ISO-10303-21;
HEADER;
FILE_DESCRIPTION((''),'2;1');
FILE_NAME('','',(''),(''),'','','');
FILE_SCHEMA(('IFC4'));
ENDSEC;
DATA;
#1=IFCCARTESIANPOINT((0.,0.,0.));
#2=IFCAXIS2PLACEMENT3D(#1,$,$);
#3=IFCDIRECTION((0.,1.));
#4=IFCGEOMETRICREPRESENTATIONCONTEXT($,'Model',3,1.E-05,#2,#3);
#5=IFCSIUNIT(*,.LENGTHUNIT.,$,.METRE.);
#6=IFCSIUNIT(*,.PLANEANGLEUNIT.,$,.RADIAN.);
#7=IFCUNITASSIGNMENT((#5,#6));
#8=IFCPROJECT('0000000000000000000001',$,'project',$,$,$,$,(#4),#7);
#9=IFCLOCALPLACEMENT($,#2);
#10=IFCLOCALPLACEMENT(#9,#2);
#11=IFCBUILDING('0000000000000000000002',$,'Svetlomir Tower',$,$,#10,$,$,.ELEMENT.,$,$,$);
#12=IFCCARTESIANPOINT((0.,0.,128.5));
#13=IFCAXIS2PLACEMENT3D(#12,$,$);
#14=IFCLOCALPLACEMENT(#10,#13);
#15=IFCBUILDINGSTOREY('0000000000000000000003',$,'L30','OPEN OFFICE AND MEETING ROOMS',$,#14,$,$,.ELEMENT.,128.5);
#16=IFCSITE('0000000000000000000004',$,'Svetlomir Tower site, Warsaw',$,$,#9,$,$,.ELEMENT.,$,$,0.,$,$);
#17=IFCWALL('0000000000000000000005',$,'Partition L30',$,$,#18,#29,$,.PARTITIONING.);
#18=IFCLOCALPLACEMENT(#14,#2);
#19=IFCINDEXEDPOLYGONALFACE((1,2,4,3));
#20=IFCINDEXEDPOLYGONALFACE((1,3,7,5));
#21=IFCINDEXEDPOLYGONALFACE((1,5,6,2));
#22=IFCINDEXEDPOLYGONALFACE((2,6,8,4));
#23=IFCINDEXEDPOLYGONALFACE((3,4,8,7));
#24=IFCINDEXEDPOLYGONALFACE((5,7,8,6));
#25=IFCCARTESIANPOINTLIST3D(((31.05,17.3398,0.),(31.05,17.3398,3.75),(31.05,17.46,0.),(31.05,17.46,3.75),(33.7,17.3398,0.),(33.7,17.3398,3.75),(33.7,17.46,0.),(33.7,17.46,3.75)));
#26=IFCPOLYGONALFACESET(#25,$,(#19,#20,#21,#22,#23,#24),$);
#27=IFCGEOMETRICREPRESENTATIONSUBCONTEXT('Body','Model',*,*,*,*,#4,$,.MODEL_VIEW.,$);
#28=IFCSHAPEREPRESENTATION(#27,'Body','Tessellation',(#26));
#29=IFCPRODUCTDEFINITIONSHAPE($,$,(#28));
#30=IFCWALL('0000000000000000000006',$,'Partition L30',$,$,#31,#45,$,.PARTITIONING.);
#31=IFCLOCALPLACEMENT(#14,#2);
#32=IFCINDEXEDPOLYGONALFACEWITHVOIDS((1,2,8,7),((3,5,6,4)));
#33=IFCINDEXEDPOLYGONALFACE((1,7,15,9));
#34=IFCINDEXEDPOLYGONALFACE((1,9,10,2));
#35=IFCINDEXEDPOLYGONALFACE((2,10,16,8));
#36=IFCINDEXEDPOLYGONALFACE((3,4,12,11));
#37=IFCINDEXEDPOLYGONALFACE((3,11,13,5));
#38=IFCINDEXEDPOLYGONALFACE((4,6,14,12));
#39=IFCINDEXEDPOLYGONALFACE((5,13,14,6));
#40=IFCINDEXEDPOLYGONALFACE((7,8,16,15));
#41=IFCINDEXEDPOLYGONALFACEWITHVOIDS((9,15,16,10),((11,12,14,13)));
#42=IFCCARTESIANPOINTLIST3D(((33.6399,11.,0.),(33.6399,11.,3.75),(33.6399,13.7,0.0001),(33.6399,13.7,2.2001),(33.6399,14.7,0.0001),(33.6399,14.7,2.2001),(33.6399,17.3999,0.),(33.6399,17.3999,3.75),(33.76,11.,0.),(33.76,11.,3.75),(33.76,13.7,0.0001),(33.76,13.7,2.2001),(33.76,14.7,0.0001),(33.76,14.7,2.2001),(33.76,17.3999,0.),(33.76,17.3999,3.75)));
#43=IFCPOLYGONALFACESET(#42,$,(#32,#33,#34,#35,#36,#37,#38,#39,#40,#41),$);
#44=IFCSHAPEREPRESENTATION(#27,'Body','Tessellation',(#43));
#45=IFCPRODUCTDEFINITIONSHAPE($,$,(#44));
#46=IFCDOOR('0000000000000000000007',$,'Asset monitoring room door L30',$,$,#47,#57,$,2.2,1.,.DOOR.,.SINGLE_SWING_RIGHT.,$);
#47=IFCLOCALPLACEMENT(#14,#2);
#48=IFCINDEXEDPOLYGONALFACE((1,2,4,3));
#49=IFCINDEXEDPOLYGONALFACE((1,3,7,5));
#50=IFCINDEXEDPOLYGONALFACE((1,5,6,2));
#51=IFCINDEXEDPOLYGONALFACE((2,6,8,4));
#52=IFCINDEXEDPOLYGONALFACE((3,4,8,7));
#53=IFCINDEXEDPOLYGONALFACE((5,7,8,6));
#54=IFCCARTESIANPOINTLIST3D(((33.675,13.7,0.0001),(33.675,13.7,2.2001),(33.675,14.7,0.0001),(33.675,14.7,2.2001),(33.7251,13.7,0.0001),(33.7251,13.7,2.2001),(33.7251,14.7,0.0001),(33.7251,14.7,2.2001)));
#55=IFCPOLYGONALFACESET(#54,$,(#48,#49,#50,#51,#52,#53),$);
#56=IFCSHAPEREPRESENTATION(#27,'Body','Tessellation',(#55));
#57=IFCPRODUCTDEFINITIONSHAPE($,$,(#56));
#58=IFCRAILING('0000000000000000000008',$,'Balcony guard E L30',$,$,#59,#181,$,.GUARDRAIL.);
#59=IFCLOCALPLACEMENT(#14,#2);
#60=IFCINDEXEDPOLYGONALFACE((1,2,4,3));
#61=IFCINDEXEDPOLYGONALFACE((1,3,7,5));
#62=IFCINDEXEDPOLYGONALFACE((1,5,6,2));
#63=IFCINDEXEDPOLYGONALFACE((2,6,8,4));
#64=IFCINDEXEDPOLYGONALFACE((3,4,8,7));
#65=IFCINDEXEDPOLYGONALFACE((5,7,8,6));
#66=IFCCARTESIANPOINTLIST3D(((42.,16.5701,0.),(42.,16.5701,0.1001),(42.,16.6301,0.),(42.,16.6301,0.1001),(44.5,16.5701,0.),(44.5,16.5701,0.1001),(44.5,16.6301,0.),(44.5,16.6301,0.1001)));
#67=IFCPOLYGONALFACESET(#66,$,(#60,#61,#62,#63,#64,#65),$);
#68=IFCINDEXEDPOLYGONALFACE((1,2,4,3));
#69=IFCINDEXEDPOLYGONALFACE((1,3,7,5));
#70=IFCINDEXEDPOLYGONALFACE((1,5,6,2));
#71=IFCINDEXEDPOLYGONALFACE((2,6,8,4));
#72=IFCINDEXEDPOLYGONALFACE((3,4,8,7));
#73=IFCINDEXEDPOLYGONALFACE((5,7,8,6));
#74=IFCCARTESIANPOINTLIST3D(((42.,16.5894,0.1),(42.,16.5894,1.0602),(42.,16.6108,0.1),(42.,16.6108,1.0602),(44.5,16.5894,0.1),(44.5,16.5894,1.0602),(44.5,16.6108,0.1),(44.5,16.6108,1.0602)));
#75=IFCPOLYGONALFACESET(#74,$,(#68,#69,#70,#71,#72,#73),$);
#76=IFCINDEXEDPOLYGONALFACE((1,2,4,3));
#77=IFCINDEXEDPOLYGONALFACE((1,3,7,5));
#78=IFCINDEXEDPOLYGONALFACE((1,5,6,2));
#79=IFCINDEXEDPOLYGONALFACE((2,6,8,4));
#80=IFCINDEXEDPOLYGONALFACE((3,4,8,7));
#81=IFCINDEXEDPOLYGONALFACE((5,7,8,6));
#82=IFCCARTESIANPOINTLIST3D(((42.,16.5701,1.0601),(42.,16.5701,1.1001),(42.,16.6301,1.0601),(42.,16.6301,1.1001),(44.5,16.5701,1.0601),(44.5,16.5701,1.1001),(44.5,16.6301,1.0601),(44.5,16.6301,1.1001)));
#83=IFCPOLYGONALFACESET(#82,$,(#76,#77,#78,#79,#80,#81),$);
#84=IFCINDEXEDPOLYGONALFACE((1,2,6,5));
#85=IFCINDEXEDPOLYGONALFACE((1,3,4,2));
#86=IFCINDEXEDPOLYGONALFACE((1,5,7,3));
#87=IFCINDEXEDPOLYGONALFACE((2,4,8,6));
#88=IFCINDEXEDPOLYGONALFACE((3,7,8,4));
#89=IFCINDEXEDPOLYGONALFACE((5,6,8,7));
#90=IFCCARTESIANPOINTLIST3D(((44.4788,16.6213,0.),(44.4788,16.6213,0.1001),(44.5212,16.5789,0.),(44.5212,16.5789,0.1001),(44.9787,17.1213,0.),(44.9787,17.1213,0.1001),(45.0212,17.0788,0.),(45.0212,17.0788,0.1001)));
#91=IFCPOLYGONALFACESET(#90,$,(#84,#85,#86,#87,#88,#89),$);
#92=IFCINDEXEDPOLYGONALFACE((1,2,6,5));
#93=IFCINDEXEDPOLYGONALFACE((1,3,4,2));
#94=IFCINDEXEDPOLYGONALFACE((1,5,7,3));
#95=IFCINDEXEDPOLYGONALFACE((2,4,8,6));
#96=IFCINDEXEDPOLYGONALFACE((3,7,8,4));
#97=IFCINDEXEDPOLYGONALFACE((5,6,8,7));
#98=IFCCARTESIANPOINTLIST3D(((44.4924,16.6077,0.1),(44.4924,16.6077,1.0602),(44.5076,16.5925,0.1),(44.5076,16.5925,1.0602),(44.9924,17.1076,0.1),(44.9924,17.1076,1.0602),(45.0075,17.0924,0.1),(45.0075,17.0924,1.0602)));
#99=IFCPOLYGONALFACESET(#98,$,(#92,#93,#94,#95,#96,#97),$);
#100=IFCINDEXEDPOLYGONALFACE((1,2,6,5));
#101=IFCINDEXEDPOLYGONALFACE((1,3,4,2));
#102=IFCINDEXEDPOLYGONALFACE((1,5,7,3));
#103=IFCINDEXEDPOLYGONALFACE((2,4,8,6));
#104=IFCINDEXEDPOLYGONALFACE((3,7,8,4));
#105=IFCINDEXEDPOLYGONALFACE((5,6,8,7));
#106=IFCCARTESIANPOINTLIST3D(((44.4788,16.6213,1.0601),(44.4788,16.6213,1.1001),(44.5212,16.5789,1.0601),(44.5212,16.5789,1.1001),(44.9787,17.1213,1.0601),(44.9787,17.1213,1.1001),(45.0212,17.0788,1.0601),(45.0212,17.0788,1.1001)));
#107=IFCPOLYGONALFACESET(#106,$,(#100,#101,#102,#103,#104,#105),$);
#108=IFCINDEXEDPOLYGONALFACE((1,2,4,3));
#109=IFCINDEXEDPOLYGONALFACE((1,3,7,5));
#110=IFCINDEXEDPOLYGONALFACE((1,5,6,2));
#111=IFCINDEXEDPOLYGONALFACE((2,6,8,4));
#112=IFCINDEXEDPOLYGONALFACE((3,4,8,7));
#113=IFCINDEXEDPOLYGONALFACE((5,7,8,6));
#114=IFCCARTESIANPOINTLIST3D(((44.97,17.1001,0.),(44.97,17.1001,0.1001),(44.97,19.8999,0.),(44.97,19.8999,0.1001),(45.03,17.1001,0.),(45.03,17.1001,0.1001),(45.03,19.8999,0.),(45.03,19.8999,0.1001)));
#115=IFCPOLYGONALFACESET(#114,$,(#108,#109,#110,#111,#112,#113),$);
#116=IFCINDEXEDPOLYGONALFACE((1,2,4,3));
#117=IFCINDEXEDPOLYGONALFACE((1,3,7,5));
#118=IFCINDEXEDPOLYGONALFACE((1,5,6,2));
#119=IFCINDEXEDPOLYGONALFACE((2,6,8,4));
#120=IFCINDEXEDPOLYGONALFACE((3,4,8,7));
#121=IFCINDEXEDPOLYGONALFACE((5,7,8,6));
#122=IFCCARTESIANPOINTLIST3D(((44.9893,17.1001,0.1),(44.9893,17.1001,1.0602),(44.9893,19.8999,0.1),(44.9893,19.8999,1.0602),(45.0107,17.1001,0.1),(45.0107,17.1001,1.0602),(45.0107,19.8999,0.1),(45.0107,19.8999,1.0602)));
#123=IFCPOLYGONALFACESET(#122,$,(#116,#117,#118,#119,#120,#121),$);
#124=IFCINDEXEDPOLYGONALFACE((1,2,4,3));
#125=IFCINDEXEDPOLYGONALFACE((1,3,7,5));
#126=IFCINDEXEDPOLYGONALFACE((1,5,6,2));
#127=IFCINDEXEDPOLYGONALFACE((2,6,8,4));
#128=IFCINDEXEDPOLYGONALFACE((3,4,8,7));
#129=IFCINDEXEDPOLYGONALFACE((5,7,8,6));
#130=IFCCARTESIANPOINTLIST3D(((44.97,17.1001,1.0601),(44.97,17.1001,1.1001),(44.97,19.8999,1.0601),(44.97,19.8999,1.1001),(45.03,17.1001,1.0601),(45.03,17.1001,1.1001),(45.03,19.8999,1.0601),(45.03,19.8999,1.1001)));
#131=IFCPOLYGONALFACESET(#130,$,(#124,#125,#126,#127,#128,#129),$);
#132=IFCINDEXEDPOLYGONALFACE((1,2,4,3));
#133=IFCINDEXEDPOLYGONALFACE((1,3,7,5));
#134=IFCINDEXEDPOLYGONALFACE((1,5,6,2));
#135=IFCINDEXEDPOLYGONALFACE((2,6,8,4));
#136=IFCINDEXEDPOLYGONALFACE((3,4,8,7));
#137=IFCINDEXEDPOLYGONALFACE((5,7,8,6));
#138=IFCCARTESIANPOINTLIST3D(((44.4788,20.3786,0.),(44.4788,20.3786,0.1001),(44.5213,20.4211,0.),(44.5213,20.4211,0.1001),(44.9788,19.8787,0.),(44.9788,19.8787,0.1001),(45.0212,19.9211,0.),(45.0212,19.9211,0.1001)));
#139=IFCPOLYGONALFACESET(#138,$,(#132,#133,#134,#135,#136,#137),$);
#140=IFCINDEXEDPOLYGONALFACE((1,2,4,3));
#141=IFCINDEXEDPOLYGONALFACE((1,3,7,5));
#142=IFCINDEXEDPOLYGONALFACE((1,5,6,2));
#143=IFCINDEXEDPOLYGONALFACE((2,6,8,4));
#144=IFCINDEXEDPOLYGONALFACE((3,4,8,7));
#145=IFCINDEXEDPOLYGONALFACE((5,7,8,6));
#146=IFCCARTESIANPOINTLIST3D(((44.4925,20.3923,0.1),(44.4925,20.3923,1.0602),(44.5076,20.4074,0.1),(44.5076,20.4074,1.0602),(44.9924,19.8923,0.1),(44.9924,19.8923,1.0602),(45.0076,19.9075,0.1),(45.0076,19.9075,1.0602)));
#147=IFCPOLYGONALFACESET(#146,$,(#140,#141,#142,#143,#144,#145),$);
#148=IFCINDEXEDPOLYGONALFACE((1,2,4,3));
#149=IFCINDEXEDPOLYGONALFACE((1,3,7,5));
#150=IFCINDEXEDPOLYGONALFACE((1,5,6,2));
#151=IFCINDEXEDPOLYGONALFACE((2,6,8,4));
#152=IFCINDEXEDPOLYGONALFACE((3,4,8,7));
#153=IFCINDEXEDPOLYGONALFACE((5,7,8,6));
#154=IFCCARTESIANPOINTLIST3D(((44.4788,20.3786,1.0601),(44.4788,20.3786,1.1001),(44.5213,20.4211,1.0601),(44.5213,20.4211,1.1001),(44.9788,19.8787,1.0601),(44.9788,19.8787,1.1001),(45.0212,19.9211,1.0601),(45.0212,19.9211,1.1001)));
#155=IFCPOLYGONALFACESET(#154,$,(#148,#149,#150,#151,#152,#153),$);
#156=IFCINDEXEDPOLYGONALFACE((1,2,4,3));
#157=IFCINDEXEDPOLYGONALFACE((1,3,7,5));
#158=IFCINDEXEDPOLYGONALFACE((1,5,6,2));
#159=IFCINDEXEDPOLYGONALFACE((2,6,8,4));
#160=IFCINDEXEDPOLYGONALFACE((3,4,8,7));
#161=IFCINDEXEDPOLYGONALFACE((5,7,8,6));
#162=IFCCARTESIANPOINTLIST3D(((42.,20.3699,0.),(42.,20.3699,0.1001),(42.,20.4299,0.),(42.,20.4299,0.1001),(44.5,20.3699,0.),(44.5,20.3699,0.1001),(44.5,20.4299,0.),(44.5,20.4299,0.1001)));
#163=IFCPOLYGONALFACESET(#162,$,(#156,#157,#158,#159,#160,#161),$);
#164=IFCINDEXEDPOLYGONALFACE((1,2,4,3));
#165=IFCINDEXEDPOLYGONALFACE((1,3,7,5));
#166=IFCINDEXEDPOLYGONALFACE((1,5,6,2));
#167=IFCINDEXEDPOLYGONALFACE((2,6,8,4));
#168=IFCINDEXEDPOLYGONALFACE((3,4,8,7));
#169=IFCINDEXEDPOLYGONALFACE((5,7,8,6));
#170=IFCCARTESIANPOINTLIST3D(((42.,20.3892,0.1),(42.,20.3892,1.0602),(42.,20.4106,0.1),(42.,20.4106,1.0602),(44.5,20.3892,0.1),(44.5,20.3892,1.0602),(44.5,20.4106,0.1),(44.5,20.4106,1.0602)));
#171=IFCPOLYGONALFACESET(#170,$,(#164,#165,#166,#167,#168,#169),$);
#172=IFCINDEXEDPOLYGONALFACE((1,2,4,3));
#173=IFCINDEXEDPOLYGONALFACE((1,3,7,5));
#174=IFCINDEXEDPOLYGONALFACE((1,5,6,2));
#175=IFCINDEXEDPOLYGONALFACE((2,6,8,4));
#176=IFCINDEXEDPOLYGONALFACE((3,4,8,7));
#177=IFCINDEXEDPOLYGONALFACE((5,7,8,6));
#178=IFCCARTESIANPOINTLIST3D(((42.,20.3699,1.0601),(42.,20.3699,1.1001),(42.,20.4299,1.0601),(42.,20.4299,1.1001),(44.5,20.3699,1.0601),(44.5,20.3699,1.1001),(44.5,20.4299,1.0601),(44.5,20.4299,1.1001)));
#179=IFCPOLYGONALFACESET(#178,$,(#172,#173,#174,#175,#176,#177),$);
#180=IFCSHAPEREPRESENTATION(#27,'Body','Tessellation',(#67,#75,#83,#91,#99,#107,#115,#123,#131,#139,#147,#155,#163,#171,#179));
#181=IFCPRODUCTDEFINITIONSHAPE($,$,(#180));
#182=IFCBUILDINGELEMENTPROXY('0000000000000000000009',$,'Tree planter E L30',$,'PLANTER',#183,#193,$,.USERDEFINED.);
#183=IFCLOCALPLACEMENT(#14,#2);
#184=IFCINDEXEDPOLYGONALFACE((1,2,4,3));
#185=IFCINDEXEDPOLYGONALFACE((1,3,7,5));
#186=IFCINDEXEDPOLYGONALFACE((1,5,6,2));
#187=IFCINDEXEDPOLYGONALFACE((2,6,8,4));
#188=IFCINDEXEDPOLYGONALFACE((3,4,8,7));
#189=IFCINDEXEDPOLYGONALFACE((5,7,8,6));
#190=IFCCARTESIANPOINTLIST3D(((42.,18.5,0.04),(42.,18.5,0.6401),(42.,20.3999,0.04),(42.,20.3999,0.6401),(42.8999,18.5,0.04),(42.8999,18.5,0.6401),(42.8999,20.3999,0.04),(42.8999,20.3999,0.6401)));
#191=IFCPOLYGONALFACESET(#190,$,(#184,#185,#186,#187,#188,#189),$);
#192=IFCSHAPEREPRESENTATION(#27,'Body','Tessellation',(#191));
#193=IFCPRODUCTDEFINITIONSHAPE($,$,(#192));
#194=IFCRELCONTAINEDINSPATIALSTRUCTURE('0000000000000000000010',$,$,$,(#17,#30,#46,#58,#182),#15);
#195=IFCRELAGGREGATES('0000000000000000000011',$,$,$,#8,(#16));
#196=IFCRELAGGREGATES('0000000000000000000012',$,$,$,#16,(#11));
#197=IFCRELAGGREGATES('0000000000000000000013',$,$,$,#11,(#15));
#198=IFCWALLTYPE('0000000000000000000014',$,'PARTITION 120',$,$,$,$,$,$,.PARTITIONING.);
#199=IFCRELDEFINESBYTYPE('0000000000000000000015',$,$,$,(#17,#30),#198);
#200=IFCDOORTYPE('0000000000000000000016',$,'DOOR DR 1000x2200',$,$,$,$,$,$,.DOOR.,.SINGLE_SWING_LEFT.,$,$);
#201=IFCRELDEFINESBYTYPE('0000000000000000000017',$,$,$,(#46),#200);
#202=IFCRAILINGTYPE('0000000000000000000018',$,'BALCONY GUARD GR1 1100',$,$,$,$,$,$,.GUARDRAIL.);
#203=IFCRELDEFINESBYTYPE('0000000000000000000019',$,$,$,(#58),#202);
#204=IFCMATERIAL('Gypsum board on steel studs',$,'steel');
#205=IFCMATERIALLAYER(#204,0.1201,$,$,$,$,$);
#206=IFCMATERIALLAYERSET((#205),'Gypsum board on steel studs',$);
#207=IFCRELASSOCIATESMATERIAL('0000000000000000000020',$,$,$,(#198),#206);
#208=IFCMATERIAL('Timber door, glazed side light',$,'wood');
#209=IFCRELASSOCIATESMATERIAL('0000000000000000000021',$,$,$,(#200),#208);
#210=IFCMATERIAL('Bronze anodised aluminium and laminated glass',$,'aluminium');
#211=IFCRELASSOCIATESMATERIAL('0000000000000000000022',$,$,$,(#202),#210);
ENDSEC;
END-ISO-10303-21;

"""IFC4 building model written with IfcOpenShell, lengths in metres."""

from ifc_helpers import new_model, si_unit, direction, frame, frame_2d, origin, origin_2d, place, context, subcontext, project, spatial, rectangle, extrude, material, layer, layer_set, type_object, element, fill, save


model = new_model("IFC4")

# Units and contexts
model_context = context("Model", 3, precision=1e-05, world=origin(), true_north=direction((0.0, 1.0)))
body_context = subcontext(model_context, "Body", "Model", "MODEL_VIEW")
ifc_project = project(units=[si_unit("LENGTHUNIT", "METRE"), si_unit("PLANEANGLEUNIT", "RADIAN")], contexts=[model_context])

# Site, building, storey
site_placement = place(None, origin())
site = spatial("IfcSite", under=ifc_project, at=site_placement, Name="Svetlomir Tower site, Warsaw", CompositionType="ELEMENT", RefElevation=0.0)
building_placement = place(site_placement, origin())
building = spatial("IfcBuilding", under=site, at=building_placement, Name="Svetlomir Tower", CompositionType="ELEMENT")
storey_placement = place(building_placement, frame((0.0, 0.0, 128.5)))
storey = spatial("IfcBuildingStorey", under=building, at=storey_placement, Name="L30", Description="OPEN OFFICE AND MEETING ROOMS", CompositionType="ELEMENT", Elevation=128.5)

# Wall
ifc_material_1 = material(Name="Gypsum board on steel studs", Category="steel")
ifc_layer_1 = layer(ifc_material_1, 0.1201)
ifc_layer_set_1 = layer_set([ifc_layer_1], Name="Gypsum board on steel studs")
wall_type_1 = type_object("IfcWallType", Name="PARTITION 120", PredefinedType="PARTITIONING", material=ifc_layer_set_1)
wall_1_placement = place(storey_placement, frame((31.05, 17.3999, 0.0), z_axis=(0.0, 0.0, 1.0), x_axis=(1.0, 0.0, 0.0)))
element("IfcWall", 1, at=wall_1_placement, inside=storey, type_object=wall_type_1, Name="Partition L30", PredefinedType="PARTITIONING", context=body_context, shape_type="SweptSolid", body=[
    extrude(rectangle(XDim=2.6499, YDim=0.1201, at=frame_2d((1.325, 0.0))), origin(), (0.0, 0.0, 1.0), 3.75),
])

# Wall, opening, door
wall_2_placement = place(storey_placement, frame((33.7, 11.0, 0.0), z_axis=(0.0, 0.0, 1.0), x_axis=(0.0, 1.0, 0.0)))
wall_2 = element("IfcWall", 2, at=wall_2_placement, inside=storey, type_object=wall_type_1, Name="Partition L30", PredefinedType="PARTITIONING", context=body_context, shape_type="SweptSolid", body=[
    extrude(rectangle(XDim=6.3999, YDim=0.1201, at=frame_2d((3.2, 0.0))), origin(), (0.0, 0.0, 1.0), 3.75),
])
opening_1_placement = place(wall_2_placement, frame((2.7, 0.0, 0.0)))
opening_1 = element("IfcOpeningElement", 3, at=opening_1_placement, cuts=wall_2, PredefinedType="OPENING", context=body_context, shape_type="SweptSolid", body=[
    extrude(rectangle(XDim=1.0, YDim=2.2, at=frame_2d((0.5, 1.1001))), frame((0.0, 0.0701, 0.0), z_axis=(0.0, -1.0, 0.0), x_axis=(1.0, 0.0, 0.0)), (0.0, 0.0, 1.0), 0.1401),
])
ifc_material_2 = material(Name="Timber door, glazed side light", Category="wood")
door_type_1 = type_object("IfcDoorType", Name="DOOR DR 1000x2200", OperationType="SINGLE_SWING_LEFT", PredefinedType="DOOR", material=ifc_material_2)
door_1_placement = place(opening_1_placement, origin())
door_1 = element("IfcDoor", 4, at=door_1_placement, inside=storey, type_object=door_type_1, Name="Asset monitoring room door L30", OperationType="SINGLE_SWING_RIGHT", OverallHeight=2.2, OverallWidth=1.0, PredefinedType="DOOR", context=body_context, shape_type="SweptSolid", body=[
    extrude(rectangle(XDim=1.0, YDim=2.2, at=frame_2d((0.5, 1.1001))), frame((0.0, 0.0249, 0.0), z_axis=(0.0, -1.0, 0.0), x_axis=(1.0, 0.0, 0.0)), (0.0, 0.0, 1.0), 0.05),
])
fill(opening_1, door_1)

# Railing
ifc_material_3 = material(Name="Bronze anodised aluminium and laminated glass", Category="aluminium")
railing_type = type_object("IfcRailingType", Name="BALCONY GUARD GR1 1100", PredefinedType="GUARDRAIL", material=ifc_material_3)
railing_placement = place(storey_placement, frame((42.0, 16.6001, 0.0)))
element("IfcRailing", 5, at=railing_placement, inside=storey, type_object=railing_type, Name="Balcony guard E L30", PredefinedType="GUARDRAIL", context=body_context, shape_type="SweptSolid", body=[
    extrude(rectangle(XDim=0.0601, YDim=0.1001, at=origin_2d()), frame((0.0, 0.0, 0.05), z_axis=(1.0, 0.0, 0.0), x_axis=(0.0, 1.0, 0.0)), (0.0, 0.0, 1.0), 2.5),
    extrude(rectangle(XDim=0.0215, YDim=0.9602, at=origin_2d()), frame((0.0, 0.0, 0.5801), z_axis=(1.0, 0.0, 0.0), x_axis=(0.0, 1.0, 0.0)), (0.0, 0.0, 1.0), 2.5),
    extrude(rectangle(XDim=0.0601, YDim=0.04, at=origin_2d()), frame((0.0, 0.0, 1.0801), z_axis=(1.0, 0.0, 0.0), x_axis=(0.0, 1.0, 0.0)), (0.0, 0.0, 1.0), 2.5),
    extrude(rectangle(XDim=0.0601, YDim=0.1001, at=origin_2d()), frame((2.5, 0.0, 0.05), z_axis=(0.707107, 0.707107, 0.0), x_axis=(-0.707107, 0.707107, 0.0)), (0.0, 0.0, 1.0), 0.707),
    extrude(rectangle(XDim=0.0215, YDim=0.9602, at=origin_2d()), frame((2.5, 0.0, 0.5801), z_axis=(0.707107, 0.707107, 0.0), x_axis=(-0.707107, 0.707107, 0.0)), (0.0, 0.0, 1.0), 0.707),
    extrude(rectangle(XDim=0.0601, YDim=0.04, at=origin_2d()), frame((2.5, 0.0, 1.0801), z_axis=(0.707107, 0.707107, 0.0), x_axis=(-0.707107, 0.707107, 0.0)), (0.0, 0.0, 1.0), 0.707),
    extrude(rectangle(XDim=0.0601, YDim=0.1001, at=origin_2d()), frame((3.0, 0.5, 0.05), z_axis=(0.0, 1.0, 0.0), x_axis=(-1.0, 0.0, 0.0)), (0.0, 0.0, 1.0), 2.7998),
    extrude(rectangle(XDim=0.0215, YDim=0.9602, at=origin_2d()), frame((3.0, 0.5, 0.5801), z_axis=(0.0, 1.0, 0.0), x_axis=(-1.0, 0.0, 0.0)), (0.0, 0.0, 1.0), 2.7998),
    extrude(rectangle(XDim=0.0601, YDim=0.04, at=origin_2d()), frame((3.0, 0.5, 1.0801), z_axis=(0.0, 1.0, 0.0), x_axis=(-1.0, 0.0, 0.0)), (0.0, 0.0, 1.0), 2.7998),
    extrude(rectangle(XDim=0.0601, YDim=0.1001, at=origin_2d()), frame((3.0, 3.2998, 0.05), z_axis=(-0.707107, 0.707107, 0.0), x_axis=(-0.707107, -0.707107, 0.0)), (0.0, 0.0, 1.0), 0.707),
    extrude(rectangle(XDim=0.0215, YDim=0.9602, at=origin_2d()), frame((3.0, 3.2998, 0.5801), z_axis=(-0.707107, 0.707107, 0.0), x_axis=(-0.707107, -0.707107, 0.0)), (0.0, 0.0, 1.0), 0.707),
    extrude(rectangle(XDim=0.0601, YDim=0.04, at=origin_2d()), frame((3.0, 3.2998, 1.0801), z_axis=(-0.707107, 0.707107, 0.0), x_axis=(-0.707107, -0.707107, 0.0)), (0.0, 0.0, 1.0), 0.707),
    extrude(rectangle(XDim=0.0601, YDim=0.1001, at=origin_2d()), frame((2.5, 3.7998, 0.05), z_axis=(-1.0, 0.0, 0.0), x_axis=(0.0, -1.0, 0.0)), (0.0, 0.0, 1.0), 2.5),
    extrude(rectangle(XDim=0.0215, YDim=0.9602, at=origin_2d()), frame((2.5, 3.7998, 0.5801), z_axis=(-1.0, 0.0, 0.0), x_axis=(0.0, -1.0, 0.0)), (0.0, 0.0, 1.0), 2.5),
    extrude(rectangle(XDim=0.0601, YDim=0.04, at=origin_2d()), frame((2.5, 3.7998, 1.0801), z_axis=(-1.0, 0.0, 0.0), x_axis=(0.0, -1.0, 0.0)), (0.0, 0.0, 1.0), 2.5),
])

# Building element proxy
proxy_placement = place(storey_placement, frame((42.45, 19.45, 0.04), z_axis=(0.0, 0.0, 1.0), x_axis=(1.0, 0.0, 0.0)))
element("IfcBuildingElementProxy", 6, at=proxy_placement, inside=storey, Name="Tree planter E L30", ObjectType="PLANTER", PredefinedType="USERDEFINED", context=body_context, shape_type="SweptSolid", body=[
    extrude(rectangle(XDim=0.8999, YDim=1.8999, at=origin_2d()), origin(), (0.0, 0.0, 1.0), 0.6001),
])

save(model, "model.ifc")
